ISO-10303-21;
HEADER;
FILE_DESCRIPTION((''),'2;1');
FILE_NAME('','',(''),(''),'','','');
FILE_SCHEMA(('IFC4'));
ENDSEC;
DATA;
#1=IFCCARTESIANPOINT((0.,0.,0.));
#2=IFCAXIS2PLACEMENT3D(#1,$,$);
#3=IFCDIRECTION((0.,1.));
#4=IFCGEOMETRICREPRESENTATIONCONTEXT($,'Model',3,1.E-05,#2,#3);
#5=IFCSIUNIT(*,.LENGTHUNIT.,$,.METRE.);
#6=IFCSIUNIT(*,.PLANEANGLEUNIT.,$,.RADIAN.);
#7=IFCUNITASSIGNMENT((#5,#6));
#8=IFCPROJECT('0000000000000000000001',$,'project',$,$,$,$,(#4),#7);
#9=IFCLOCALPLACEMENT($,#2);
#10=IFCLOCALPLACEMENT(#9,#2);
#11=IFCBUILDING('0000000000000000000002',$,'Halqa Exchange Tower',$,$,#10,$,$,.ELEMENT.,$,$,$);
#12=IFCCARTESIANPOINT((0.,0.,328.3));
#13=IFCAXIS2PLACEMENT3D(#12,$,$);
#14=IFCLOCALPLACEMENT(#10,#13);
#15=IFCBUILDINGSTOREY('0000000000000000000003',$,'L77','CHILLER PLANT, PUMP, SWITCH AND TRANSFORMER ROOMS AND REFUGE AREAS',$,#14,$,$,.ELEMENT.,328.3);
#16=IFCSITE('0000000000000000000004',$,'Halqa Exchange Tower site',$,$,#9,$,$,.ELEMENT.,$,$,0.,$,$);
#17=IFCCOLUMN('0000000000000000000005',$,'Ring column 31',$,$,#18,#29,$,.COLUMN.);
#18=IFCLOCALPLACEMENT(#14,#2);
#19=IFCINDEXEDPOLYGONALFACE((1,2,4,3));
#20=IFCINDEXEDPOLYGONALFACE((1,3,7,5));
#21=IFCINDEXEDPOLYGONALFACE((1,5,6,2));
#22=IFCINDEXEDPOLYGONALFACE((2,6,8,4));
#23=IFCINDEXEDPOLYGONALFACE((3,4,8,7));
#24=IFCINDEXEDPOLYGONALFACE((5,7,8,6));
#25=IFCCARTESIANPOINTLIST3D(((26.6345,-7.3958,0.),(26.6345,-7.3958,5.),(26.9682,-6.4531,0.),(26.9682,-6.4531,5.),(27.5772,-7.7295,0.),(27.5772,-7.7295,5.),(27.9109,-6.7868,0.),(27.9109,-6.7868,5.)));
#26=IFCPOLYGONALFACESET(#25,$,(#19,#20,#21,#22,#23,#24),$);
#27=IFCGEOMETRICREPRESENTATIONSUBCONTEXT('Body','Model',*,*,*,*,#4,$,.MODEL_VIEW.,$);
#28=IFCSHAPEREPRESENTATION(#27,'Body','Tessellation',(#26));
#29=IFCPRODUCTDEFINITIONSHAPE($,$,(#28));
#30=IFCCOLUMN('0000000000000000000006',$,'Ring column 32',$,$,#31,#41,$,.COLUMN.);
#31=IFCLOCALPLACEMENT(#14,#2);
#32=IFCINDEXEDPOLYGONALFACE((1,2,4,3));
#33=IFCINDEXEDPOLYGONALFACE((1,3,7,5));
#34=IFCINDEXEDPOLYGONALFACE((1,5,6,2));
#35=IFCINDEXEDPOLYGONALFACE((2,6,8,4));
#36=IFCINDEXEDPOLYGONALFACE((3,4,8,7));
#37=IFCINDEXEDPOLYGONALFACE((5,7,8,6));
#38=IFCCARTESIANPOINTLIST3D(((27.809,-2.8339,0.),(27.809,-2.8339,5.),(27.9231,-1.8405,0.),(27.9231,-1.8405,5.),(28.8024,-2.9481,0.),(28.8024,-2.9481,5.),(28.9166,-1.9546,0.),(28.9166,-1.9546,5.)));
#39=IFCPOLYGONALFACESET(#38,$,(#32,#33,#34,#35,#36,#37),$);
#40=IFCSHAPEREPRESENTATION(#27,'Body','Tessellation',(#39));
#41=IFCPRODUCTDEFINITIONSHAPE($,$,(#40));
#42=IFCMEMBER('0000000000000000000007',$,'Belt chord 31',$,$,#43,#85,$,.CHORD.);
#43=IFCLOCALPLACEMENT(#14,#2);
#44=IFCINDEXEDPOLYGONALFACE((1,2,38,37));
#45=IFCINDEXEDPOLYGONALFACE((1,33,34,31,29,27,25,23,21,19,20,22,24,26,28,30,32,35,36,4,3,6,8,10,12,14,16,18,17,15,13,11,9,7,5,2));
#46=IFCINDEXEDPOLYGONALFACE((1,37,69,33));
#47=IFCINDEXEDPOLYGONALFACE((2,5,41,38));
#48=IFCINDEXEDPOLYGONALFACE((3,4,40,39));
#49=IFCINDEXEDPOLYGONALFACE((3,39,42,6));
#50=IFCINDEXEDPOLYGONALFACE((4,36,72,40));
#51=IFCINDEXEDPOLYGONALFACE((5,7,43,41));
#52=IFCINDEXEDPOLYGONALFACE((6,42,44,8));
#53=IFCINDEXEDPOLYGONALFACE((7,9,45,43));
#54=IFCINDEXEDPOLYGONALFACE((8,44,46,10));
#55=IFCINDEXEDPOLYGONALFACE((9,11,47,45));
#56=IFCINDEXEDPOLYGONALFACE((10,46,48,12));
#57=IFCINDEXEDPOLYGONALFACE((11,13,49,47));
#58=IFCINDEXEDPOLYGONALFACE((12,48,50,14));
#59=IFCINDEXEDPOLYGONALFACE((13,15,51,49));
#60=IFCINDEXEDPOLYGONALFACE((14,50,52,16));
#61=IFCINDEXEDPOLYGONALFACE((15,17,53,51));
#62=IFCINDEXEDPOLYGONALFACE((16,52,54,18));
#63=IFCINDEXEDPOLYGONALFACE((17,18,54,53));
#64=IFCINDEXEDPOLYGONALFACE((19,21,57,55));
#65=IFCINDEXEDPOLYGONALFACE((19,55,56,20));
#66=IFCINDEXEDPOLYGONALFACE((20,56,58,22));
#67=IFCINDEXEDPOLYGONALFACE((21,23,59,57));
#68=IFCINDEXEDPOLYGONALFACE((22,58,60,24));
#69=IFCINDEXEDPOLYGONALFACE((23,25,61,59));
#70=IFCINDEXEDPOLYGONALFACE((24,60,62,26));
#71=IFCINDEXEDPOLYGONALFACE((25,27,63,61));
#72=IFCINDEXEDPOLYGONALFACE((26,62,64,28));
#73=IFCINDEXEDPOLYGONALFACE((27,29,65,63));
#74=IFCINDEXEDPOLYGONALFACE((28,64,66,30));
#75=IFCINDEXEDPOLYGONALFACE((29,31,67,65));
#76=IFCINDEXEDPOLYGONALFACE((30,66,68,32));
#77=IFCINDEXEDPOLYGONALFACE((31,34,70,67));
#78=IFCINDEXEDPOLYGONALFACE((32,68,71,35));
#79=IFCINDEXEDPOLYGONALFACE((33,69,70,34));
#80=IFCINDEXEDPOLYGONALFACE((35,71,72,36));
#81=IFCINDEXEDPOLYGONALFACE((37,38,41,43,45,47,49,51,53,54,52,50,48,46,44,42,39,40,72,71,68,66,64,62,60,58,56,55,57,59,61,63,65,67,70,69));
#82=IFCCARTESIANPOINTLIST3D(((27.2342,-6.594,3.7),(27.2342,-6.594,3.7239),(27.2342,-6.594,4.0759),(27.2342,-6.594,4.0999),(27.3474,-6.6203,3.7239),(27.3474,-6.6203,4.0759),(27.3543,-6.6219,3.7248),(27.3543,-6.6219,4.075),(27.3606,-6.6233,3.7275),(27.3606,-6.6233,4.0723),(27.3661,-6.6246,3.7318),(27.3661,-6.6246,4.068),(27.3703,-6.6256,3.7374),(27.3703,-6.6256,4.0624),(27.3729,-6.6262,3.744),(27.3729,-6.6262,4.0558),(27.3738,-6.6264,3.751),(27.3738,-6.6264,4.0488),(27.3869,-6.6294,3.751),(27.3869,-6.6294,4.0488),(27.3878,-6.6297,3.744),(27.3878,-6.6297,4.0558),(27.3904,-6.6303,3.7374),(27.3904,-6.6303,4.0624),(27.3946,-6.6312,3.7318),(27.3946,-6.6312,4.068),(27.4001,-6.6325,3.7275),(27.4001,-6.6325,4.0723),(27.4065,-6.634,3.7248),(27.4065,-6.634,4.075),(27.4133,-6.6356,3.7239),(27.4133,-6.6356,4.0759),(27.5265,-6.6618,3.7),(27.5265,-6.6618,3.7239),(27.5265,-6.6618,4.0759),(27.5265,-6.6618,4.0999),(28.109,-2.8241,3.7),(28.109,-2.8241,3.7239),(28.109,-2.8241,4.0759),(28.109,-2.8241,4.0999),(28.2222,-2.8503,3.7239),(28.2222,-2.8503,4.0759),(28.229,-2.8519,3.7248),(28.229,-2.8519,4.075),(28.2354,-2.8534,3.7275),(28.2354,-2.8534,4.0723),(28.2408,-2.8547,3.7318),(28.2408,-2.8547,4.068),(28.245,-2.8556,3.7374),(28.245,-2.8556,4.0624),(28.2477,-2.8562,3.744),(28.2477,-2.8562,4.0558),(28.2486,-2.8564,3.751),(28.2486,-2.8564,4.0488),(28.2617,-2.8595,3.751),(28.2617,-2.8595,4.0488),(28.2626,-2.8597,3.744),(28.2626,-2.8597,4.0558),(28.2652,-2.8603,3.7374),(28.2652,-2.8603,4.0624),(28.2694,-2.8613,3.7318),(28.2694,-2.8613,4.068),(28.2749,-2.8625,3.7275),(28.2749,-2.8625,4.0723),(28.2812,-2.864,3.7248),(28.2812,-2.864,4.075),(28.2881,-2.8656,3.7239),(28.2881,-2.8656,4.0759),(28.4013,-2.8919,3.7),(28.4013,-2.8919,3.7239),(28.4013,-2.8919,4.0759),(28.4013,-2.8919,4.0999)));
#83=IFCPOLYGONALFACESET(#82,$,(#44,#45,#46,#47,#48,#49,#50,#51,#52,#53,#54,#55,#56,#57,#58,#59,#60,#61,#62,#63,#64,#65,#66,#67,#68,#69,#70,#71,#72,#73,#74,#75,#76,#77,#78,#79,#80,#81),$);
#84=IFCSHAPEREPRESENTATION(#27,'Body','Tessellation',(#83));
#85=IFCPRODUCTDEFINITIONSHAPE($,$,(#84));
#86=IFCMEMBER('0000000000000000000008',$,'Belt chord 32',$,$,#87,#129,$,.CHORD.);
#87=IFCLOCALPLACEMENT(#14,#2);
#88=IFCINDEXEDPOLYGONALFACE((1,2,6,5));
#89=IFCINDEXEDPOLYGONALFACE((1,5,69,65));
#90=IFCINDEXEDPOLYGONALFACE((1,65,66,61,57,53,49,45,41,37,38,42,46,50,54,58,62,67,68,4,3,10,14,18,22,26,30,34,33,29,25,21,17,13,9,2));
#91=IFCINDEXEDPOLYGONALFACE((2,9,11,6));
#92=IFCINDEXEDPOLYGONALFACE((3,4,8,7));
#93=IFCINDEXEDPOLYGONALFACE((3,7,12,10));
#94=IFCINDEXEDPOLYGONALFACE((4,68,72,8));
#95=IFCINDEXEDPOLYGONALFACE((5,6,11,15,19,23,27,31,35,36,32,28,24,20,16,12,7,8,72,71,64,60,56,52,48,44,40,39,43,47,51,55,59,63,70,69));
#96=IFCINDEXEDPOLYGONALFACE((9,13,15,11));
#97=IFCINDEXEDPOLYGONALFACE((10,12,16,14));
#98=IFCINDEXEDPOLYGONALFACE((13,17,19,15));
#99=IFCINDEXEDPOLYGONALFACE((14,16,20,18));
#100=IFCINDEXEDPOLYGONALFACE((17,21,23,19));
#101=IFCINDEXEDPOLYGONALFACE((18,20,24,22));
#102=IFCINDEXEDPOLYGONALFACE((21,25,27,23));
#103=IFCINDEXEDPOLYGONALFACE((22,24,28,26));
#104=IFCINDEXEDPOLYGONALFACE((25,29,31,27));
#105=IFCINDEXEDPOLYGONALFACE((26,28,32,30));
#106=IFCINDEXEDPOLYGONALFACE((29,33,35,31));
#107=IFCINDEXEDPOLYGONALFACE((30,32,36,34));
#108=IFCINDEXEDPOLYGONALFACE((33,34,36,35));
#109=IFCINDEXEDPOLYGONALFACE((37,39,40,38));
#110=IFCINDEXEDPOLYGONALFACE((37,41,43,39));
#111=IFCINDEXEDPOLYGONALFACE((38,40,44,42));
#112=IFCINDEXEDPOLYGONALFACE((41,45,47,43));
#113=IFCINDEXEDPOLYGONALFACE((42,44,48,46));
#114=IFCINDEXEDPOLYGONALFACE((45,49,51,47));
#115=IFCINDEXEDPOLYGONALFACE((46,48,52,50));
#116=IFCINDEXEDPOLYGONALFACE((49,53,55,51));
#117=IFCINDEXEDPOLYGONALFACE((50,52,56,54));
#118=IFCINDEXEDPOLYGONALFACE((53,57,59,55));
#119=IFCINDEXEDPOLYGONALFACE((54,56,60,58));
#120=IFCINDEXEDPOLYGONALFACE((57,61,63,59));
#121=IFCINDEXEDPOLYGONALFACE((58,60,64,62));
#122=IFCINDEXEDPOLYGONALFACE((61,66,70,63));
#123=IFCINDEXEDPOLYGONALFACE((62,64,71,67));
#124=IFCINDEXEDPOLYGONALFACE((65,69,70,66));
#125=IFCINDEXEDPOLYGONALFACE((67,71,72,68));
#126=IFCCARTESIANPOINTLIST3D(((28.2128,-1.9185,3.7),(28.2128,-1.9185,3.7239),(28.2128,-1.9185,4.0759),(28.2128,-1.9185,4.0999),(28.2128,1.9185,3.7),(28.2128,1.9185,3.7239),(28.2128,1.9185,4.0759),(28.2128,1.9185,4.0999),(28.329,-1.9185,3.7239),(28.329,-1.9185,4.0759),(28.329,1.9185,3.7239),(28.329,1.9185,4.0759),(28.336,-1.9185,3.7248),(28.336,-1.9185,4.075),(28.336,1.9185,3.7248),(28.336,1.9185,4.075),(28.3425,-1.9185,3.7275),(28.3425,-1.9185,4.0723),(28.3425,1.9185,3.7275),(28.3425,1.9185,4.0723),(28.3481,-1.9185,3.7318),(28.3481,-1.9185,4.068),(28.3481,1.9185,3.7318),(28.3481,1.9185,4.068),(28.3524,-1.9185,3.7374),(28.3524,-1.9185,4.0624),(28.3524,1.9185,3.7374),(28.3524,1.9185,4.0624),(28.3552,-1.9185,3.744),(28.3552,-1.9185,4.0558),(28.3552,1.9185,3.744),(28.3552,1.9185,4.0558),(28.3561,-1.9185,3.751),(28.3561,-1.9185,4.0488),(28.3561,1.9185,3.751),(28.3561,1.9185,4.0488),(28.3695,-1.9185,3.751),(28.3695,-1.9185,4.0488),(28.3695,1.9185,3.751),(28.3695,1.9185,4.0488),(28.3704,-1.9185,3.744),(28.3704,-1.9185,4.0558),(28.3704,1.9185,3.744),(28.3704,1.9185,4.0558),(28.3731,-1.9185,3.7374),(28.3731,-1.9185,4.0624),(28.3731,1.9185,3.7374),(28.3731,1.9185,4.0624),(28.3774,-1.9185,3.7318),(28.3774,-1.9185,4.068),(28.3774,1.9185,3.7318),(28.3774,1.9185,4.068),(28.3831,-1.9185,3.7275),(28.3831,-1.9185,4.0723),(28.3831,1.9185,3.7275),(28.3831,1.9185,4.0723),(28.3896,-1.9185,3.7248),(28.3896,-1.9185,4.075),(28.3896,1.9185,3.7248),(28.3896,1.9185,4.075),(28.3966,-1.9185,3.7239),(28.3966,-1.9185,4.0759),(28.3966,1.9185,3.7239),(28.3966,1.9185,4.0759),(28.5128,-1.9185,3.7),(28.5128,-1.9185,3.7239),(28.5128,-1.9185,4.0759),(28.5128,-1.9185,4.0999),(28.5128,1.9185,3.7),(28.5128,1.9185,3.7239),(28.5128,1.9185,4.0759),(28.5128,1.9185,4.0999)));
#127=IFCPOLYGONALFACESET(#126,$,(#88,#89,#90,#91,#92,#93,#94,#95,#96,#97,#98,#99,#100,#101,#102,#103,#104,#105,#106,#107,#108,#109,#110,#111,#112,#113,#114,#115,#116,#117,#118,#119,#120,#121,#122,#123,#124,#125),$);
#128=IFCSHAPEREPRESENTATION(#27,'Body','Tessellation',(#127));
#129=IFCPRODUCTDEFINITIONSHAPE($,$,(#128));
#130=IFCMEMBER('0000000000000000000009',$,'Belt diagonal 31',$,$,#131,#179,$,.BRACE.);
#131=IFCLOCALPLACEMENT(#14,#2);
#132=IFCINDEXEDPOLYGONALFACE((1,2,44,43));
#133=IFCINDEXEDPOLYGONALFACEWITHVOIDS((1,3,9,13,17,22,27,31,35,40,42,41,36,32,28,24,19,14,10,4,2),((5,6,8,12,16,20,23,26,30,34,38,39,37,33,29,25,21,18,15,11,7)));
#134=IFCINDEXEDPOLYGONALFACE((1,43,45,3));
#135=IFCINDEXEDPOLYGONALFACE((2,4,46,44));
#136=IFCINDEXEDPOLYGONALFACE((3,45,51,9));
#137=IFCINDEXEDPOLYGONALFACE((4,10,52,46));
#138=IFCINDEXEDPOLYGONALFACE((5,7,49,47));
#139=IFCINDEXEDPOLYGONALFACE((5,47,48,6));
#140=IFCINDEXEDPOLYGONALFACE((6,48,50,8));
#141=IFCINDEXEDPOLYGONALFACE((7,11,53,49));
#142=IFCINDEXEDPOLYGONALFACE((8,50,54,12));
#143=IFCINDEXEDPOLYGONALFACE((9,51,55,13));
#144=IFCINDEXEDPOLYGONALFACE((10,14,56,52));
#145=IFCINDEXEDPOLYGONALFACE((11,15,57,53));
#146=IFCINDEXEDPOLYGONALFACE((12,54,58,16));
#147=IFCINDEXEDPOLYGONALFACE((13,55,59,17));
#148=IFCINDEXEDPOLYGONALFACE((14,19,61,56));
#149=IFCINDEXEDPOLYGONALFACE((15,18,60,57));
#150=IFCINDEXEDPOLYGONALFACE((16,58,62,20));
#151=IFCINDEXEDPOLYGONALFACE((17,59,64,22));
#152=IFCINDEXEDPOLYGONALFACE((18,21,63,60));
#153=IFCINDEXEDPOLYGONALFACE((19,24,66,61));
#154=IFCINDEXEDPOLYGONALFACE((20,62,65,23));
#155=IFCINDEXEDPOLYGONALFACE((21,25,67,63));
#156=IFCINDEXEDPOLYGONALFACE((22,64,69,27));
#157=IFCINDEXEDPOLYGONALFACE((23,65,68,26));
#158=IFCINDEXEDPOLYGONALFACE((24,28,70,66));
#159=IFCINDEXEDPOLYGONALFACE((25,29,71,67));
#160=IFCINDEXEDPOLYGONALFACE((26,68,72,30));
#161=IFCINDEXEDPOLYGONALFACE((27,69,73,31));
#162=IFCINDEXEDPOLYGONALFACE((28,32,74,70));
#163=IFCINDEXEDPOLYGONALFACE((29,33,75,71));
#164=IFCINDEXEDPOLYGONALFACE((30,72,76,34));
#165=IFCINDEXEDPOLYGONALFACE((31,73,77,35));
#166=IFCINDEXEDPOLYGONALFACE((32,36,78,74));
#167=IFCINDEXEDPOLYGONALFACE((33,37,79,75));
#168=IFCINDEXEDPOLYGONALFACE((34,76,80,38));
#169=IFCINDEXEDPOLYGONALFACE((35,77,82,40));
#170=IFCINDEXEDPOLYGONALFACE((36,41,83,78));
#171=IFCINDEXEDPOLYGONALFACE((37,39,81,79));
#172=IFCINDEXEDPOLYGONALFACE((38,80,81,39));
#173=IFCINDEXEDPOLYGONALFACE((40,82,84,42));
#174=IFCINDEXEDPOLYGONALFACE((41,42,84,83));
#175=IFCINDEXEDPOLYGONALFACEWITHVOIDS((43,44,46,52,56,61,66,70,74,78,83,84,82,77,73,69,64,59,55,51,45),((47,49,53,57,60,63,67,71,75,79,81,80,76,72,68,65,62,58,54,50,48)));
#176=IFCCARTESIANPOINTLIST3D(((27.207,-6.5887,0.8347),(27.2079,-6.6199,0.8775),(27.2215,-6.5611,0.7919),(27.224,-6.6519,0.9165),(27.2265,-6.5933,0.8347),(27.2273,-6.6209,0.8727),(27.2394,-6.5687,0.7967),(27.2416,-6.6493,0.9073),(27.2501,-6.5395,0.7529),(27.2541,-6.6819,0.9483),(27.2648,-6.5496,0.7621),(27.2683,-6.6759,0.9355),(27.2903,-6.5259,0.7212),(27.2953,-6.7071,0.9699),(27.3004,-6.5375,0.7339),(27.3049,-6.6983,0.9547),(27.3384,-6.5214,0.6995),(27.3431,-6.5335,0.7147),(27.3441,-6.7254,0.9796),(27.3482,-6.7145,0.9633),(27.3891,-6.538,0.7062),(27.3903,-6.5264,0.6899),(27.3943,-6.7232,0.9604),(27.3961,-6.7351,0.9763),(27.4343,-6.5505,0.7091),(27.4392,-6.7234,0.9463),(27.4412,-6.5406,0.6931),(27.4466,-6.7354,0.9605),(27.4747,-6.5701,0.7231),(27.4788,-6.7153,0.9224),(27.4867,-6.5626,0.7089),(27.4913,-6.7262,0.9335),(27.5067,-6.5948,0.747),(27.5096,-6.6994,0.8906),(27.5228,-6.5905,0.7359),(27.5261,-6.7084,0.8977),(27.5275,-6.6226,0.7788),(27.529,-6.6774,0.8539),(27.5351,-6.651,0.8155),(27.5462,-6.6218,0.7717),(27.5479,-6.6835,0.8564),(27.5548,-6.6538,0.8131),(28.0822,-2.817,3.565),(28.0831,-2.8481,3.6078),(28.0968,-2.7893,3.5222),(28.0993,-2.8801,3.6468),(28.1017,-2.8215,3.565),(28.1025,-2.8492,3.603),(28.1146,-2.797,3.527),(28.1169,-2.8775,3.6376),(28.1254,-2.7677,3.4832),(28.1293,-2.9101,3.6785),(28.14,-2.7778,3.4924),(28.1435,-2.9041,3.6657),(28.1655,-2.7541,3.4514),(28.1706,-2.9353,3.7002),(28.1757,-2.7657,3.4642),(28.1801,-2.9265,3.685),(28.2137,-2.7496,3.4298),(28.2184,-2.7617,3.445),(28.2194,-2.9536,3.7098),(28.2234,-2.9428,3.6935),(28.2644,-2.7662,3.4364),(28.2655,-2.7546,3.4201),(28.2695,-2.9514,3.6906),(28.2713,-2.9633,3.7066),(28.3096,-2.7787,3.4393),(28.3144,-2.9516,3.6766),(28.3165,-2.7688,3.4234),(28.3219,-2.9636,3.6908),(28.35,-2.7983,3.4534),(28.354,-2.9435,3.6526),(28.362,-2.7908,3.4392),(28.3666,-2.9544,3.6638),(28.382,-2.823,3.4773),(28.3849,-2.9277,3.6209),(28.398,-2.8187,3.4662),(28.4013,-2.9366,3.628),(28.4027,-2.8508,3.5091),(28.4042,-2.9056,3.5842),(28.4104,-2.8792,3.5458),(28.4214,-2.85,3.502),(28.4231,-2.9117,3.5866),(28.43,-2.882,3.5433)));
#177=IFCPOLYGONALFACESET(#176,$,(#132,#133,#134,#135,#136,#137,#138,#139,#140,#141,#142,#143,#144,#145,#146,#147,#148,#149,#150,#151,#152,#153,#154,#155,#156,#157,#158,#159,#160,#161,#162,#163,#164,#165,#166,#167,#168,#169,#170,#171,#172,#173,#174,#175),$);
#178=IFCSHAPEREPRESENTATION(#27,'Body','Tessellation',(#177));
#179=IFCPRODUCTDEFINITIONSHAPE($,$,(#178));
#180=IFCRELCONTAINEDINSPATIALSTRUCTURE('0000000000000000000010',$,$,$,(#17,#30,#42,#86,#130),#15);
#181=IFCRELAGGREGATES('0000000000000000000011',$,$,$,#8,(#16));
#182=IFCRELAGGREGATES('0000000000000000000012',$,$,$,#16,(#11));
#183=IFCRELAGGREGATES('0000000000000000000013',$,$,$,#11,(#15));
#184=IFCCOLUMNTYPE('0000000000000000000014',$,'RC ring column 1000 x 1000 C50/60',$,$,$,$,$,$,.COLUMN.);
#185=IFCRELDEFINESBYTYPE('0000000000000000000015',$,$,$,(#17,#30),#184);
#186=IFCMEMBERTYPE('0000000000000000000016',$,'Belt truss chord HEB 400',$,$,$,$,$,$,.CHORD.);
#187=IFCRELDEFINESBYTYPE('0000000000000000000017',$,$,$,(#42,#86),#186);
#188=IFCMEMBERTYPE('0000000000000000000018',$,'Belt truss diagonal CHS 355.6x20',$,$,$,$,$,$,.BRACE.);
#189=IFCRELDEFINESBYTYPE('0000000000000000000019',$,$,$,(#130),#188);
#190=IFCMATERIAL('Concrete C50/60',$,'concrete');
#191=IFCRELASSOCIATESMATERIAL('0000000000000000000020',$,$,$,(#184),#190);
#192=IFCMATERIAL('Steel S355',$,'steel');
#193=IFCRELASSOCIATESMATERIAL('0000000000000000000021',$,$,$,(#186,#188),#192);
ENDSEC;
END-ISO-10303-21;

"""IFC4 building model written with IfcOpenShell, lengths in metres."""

from ifc_helpers import new_model, si_unit, direction, frame, origin, origin_2d, place, context, subcontext, project, spatial, rectangle, hollow_circle, i_section, extrude, material, material_profile, profile_set, type_object, element, save


model = new_model("IFC4")

# Units and contexts
model_context = context("Model", 3, precision=1e-05, world=origin(), true_north=direction((0.0, 1.0)))
body_context = subcontext(model_context, "Body", "Model", "MODEL_VIEW")
ifc_project = project(units=[si_unit("LENGTHUNIT", "METRE"), si_unit("PLANEANGLEUNIT", "RADIAN")], contexts=[model_context])

# Site, building, storey
site_placement = place(None, origin())
site = spatial("IfcSite", under=ifc_project, at=site_placement, Name="Halqa Exchange Tower site", CompositionType="ELEMENT", RefElevation=0.0)
building_placement = place(site_placement, origin())
building = spatial("IfcBuilding", under=site, at=building_placement, Name="Halqa Exchange Tower", CompositionType="ELEMENT")
storey_placement = place(building_placement, frame((0.0, 0.0, 328.3)))
storey = spatial("IfcBuildingStorey", under=building, at=storey_placement, Name="L77", Description="CHILLER PLANT, PUMP, SWITCH AND TRANSFORMER ROOMS AND REFUGE AREAS", CompositionType="ELEMENT", Elevation=328.3)

# Columns
ifc_material_1 = material(Name="Concrete C50/60", Category="concrete")
ifc_material_profile_1 = material_profile(ifc_material_1, rectangle(XDim=1.0, YDim=1.0, at=origin_2d()), Name="1000 x 1000")
ifc_profile_set_1 = profile_set([ifc_material_profile_1], Name="Concrete C50/60")
column_type = type_object("IfcColumnType", Name="RC ring column 1000 x 1000 C50/60", PredefinedType="COLUMN", material=ifc_profile_set_1)
for number, where, z_axis, x_axis, name in (
    (1, (27.2727, -7.0913, 0.0), (0.0, 0.0, 1.0), (0.333624, 0.942706, 0.0), "Ring column 31"),
    (2, (28.3628, -2.3943, 0.0), (0.0, 0.0, 1.0), (0.11416, 0.993462, 0.0), "Ring column 32"),
):
    element("IfcColumn", number, at=place(storey_placement, frame(where, z_axis=z_axis, x_axis=x_axis)), inside=storey, type_object=column_type, Name=name, PredefinedType="COLUMN", context=body_context, shape_type="SweptSolid", body=[
        extrude(rectangle(XDim=1.0, YDim=1.0, at=origin_2d()), origin(), (0.0, 0.0, 1.0), 5.0),
    ])

# Members
ifc_material_2 = material(Name="Steel S355", Category="steel")
ifc_material_profile_2 = material_profile(ifc_material_2, i_section(OverallWidth=0.3, OverallDepth=0.3999, WebThickness=0.0134, FlangeThickness=0.0239, FilletRadius=0.0271, at=origin_2d()), Name="HEB 400")
ifc_profile_set_2 = profile_set([ifc_material_profile_2], Name="Steel S355")
member_type_1 = type_object("IfcMemberType", Name="Belt truss chord HEB 400", PredefinedType="CHORD", material=ifc_profile_set_2)
member_1_placement = place(storey_placement, frame((27.3804, -6.6279, 3.8999), z_axis=(0.226025, 0.974122, 0.0), x_axis=(-0.974122, 0.226025, 0.0)))
element("IfcMember", 3, at=member_1_placement, inside=storey, type_object=member_type_1, Name="Belt chord 31", PredefinedType="CHORD", context=body_context, shape_type="SweptSolid", body=[
    extrude(i_section(OverallWidth=0.3, OverallDepth=0.3999, WebThickness=0.0134, FlangeThickness=0.0239, FilletRadius=0.0271, at=origin_2d()), origin(), (0.0, 0.0, 1.0), 3.8701),
])
member_2_placement = place(storey_placement, frame((28.3628, -1.9185, 3.8999), z_axis=(0.0, 1.0, 0.0), x_axis=(-1.0, 0.0, 0.0)))
element("IfcMember", 4, at=member_2_placement, inside=storey, type_object=member_type_1, Name="Belt chord 32", PredefinedType="CHORD", context=body_context, shape_type="SweptSolid", body=[
    extrude(i_section(OverallWidth=0.3, OverallDepth=0.3999, WebThickness=0.0134, FlangeThickness=0.0239, FilletRadius=0.0271, at=origin_2d()), origin(), (0.0, 0.0, 1.0), 3.8369),
])
ifc_material_profile_3 = material_profile(ifc_material_2, hollow_circle(Radius=0.1777, WallThickness=0.02, at=origin_2d()), Name="CHS 355.6x20")
ifc_profile_set_3 = profile_set([ifc_material_profile_3], Name="Steel S355")
member_type_2 = type_object("IfcMemberType", Name="Belt truss diagonal CHS 355.6x20", PredefinedType="BRACE", material=ifc_profile_set_3)
member_3_placement = place(storey_placement, frame((27.3801, -6.6289, 0.8347), z_axis=(0.184739, 0.796104, 0.576272), x_axis=(-0.974116, 0.226047, 0.0)))
element("IfcMember", 5, at=member_3_placement, inside=storey, type_object=member_type_2, Name="Belt diagonal 31", PredefinedType="BRACE", context=body_context, shape_type="SweptSolid", body=[
    extrude(hollow_circle(Radius=0.1777, WallThickness=0.02, at=origin_2d()), origin(), (0.0, 0.0, 1.0), 4.7378),
])

save(model, "model.ifc")
